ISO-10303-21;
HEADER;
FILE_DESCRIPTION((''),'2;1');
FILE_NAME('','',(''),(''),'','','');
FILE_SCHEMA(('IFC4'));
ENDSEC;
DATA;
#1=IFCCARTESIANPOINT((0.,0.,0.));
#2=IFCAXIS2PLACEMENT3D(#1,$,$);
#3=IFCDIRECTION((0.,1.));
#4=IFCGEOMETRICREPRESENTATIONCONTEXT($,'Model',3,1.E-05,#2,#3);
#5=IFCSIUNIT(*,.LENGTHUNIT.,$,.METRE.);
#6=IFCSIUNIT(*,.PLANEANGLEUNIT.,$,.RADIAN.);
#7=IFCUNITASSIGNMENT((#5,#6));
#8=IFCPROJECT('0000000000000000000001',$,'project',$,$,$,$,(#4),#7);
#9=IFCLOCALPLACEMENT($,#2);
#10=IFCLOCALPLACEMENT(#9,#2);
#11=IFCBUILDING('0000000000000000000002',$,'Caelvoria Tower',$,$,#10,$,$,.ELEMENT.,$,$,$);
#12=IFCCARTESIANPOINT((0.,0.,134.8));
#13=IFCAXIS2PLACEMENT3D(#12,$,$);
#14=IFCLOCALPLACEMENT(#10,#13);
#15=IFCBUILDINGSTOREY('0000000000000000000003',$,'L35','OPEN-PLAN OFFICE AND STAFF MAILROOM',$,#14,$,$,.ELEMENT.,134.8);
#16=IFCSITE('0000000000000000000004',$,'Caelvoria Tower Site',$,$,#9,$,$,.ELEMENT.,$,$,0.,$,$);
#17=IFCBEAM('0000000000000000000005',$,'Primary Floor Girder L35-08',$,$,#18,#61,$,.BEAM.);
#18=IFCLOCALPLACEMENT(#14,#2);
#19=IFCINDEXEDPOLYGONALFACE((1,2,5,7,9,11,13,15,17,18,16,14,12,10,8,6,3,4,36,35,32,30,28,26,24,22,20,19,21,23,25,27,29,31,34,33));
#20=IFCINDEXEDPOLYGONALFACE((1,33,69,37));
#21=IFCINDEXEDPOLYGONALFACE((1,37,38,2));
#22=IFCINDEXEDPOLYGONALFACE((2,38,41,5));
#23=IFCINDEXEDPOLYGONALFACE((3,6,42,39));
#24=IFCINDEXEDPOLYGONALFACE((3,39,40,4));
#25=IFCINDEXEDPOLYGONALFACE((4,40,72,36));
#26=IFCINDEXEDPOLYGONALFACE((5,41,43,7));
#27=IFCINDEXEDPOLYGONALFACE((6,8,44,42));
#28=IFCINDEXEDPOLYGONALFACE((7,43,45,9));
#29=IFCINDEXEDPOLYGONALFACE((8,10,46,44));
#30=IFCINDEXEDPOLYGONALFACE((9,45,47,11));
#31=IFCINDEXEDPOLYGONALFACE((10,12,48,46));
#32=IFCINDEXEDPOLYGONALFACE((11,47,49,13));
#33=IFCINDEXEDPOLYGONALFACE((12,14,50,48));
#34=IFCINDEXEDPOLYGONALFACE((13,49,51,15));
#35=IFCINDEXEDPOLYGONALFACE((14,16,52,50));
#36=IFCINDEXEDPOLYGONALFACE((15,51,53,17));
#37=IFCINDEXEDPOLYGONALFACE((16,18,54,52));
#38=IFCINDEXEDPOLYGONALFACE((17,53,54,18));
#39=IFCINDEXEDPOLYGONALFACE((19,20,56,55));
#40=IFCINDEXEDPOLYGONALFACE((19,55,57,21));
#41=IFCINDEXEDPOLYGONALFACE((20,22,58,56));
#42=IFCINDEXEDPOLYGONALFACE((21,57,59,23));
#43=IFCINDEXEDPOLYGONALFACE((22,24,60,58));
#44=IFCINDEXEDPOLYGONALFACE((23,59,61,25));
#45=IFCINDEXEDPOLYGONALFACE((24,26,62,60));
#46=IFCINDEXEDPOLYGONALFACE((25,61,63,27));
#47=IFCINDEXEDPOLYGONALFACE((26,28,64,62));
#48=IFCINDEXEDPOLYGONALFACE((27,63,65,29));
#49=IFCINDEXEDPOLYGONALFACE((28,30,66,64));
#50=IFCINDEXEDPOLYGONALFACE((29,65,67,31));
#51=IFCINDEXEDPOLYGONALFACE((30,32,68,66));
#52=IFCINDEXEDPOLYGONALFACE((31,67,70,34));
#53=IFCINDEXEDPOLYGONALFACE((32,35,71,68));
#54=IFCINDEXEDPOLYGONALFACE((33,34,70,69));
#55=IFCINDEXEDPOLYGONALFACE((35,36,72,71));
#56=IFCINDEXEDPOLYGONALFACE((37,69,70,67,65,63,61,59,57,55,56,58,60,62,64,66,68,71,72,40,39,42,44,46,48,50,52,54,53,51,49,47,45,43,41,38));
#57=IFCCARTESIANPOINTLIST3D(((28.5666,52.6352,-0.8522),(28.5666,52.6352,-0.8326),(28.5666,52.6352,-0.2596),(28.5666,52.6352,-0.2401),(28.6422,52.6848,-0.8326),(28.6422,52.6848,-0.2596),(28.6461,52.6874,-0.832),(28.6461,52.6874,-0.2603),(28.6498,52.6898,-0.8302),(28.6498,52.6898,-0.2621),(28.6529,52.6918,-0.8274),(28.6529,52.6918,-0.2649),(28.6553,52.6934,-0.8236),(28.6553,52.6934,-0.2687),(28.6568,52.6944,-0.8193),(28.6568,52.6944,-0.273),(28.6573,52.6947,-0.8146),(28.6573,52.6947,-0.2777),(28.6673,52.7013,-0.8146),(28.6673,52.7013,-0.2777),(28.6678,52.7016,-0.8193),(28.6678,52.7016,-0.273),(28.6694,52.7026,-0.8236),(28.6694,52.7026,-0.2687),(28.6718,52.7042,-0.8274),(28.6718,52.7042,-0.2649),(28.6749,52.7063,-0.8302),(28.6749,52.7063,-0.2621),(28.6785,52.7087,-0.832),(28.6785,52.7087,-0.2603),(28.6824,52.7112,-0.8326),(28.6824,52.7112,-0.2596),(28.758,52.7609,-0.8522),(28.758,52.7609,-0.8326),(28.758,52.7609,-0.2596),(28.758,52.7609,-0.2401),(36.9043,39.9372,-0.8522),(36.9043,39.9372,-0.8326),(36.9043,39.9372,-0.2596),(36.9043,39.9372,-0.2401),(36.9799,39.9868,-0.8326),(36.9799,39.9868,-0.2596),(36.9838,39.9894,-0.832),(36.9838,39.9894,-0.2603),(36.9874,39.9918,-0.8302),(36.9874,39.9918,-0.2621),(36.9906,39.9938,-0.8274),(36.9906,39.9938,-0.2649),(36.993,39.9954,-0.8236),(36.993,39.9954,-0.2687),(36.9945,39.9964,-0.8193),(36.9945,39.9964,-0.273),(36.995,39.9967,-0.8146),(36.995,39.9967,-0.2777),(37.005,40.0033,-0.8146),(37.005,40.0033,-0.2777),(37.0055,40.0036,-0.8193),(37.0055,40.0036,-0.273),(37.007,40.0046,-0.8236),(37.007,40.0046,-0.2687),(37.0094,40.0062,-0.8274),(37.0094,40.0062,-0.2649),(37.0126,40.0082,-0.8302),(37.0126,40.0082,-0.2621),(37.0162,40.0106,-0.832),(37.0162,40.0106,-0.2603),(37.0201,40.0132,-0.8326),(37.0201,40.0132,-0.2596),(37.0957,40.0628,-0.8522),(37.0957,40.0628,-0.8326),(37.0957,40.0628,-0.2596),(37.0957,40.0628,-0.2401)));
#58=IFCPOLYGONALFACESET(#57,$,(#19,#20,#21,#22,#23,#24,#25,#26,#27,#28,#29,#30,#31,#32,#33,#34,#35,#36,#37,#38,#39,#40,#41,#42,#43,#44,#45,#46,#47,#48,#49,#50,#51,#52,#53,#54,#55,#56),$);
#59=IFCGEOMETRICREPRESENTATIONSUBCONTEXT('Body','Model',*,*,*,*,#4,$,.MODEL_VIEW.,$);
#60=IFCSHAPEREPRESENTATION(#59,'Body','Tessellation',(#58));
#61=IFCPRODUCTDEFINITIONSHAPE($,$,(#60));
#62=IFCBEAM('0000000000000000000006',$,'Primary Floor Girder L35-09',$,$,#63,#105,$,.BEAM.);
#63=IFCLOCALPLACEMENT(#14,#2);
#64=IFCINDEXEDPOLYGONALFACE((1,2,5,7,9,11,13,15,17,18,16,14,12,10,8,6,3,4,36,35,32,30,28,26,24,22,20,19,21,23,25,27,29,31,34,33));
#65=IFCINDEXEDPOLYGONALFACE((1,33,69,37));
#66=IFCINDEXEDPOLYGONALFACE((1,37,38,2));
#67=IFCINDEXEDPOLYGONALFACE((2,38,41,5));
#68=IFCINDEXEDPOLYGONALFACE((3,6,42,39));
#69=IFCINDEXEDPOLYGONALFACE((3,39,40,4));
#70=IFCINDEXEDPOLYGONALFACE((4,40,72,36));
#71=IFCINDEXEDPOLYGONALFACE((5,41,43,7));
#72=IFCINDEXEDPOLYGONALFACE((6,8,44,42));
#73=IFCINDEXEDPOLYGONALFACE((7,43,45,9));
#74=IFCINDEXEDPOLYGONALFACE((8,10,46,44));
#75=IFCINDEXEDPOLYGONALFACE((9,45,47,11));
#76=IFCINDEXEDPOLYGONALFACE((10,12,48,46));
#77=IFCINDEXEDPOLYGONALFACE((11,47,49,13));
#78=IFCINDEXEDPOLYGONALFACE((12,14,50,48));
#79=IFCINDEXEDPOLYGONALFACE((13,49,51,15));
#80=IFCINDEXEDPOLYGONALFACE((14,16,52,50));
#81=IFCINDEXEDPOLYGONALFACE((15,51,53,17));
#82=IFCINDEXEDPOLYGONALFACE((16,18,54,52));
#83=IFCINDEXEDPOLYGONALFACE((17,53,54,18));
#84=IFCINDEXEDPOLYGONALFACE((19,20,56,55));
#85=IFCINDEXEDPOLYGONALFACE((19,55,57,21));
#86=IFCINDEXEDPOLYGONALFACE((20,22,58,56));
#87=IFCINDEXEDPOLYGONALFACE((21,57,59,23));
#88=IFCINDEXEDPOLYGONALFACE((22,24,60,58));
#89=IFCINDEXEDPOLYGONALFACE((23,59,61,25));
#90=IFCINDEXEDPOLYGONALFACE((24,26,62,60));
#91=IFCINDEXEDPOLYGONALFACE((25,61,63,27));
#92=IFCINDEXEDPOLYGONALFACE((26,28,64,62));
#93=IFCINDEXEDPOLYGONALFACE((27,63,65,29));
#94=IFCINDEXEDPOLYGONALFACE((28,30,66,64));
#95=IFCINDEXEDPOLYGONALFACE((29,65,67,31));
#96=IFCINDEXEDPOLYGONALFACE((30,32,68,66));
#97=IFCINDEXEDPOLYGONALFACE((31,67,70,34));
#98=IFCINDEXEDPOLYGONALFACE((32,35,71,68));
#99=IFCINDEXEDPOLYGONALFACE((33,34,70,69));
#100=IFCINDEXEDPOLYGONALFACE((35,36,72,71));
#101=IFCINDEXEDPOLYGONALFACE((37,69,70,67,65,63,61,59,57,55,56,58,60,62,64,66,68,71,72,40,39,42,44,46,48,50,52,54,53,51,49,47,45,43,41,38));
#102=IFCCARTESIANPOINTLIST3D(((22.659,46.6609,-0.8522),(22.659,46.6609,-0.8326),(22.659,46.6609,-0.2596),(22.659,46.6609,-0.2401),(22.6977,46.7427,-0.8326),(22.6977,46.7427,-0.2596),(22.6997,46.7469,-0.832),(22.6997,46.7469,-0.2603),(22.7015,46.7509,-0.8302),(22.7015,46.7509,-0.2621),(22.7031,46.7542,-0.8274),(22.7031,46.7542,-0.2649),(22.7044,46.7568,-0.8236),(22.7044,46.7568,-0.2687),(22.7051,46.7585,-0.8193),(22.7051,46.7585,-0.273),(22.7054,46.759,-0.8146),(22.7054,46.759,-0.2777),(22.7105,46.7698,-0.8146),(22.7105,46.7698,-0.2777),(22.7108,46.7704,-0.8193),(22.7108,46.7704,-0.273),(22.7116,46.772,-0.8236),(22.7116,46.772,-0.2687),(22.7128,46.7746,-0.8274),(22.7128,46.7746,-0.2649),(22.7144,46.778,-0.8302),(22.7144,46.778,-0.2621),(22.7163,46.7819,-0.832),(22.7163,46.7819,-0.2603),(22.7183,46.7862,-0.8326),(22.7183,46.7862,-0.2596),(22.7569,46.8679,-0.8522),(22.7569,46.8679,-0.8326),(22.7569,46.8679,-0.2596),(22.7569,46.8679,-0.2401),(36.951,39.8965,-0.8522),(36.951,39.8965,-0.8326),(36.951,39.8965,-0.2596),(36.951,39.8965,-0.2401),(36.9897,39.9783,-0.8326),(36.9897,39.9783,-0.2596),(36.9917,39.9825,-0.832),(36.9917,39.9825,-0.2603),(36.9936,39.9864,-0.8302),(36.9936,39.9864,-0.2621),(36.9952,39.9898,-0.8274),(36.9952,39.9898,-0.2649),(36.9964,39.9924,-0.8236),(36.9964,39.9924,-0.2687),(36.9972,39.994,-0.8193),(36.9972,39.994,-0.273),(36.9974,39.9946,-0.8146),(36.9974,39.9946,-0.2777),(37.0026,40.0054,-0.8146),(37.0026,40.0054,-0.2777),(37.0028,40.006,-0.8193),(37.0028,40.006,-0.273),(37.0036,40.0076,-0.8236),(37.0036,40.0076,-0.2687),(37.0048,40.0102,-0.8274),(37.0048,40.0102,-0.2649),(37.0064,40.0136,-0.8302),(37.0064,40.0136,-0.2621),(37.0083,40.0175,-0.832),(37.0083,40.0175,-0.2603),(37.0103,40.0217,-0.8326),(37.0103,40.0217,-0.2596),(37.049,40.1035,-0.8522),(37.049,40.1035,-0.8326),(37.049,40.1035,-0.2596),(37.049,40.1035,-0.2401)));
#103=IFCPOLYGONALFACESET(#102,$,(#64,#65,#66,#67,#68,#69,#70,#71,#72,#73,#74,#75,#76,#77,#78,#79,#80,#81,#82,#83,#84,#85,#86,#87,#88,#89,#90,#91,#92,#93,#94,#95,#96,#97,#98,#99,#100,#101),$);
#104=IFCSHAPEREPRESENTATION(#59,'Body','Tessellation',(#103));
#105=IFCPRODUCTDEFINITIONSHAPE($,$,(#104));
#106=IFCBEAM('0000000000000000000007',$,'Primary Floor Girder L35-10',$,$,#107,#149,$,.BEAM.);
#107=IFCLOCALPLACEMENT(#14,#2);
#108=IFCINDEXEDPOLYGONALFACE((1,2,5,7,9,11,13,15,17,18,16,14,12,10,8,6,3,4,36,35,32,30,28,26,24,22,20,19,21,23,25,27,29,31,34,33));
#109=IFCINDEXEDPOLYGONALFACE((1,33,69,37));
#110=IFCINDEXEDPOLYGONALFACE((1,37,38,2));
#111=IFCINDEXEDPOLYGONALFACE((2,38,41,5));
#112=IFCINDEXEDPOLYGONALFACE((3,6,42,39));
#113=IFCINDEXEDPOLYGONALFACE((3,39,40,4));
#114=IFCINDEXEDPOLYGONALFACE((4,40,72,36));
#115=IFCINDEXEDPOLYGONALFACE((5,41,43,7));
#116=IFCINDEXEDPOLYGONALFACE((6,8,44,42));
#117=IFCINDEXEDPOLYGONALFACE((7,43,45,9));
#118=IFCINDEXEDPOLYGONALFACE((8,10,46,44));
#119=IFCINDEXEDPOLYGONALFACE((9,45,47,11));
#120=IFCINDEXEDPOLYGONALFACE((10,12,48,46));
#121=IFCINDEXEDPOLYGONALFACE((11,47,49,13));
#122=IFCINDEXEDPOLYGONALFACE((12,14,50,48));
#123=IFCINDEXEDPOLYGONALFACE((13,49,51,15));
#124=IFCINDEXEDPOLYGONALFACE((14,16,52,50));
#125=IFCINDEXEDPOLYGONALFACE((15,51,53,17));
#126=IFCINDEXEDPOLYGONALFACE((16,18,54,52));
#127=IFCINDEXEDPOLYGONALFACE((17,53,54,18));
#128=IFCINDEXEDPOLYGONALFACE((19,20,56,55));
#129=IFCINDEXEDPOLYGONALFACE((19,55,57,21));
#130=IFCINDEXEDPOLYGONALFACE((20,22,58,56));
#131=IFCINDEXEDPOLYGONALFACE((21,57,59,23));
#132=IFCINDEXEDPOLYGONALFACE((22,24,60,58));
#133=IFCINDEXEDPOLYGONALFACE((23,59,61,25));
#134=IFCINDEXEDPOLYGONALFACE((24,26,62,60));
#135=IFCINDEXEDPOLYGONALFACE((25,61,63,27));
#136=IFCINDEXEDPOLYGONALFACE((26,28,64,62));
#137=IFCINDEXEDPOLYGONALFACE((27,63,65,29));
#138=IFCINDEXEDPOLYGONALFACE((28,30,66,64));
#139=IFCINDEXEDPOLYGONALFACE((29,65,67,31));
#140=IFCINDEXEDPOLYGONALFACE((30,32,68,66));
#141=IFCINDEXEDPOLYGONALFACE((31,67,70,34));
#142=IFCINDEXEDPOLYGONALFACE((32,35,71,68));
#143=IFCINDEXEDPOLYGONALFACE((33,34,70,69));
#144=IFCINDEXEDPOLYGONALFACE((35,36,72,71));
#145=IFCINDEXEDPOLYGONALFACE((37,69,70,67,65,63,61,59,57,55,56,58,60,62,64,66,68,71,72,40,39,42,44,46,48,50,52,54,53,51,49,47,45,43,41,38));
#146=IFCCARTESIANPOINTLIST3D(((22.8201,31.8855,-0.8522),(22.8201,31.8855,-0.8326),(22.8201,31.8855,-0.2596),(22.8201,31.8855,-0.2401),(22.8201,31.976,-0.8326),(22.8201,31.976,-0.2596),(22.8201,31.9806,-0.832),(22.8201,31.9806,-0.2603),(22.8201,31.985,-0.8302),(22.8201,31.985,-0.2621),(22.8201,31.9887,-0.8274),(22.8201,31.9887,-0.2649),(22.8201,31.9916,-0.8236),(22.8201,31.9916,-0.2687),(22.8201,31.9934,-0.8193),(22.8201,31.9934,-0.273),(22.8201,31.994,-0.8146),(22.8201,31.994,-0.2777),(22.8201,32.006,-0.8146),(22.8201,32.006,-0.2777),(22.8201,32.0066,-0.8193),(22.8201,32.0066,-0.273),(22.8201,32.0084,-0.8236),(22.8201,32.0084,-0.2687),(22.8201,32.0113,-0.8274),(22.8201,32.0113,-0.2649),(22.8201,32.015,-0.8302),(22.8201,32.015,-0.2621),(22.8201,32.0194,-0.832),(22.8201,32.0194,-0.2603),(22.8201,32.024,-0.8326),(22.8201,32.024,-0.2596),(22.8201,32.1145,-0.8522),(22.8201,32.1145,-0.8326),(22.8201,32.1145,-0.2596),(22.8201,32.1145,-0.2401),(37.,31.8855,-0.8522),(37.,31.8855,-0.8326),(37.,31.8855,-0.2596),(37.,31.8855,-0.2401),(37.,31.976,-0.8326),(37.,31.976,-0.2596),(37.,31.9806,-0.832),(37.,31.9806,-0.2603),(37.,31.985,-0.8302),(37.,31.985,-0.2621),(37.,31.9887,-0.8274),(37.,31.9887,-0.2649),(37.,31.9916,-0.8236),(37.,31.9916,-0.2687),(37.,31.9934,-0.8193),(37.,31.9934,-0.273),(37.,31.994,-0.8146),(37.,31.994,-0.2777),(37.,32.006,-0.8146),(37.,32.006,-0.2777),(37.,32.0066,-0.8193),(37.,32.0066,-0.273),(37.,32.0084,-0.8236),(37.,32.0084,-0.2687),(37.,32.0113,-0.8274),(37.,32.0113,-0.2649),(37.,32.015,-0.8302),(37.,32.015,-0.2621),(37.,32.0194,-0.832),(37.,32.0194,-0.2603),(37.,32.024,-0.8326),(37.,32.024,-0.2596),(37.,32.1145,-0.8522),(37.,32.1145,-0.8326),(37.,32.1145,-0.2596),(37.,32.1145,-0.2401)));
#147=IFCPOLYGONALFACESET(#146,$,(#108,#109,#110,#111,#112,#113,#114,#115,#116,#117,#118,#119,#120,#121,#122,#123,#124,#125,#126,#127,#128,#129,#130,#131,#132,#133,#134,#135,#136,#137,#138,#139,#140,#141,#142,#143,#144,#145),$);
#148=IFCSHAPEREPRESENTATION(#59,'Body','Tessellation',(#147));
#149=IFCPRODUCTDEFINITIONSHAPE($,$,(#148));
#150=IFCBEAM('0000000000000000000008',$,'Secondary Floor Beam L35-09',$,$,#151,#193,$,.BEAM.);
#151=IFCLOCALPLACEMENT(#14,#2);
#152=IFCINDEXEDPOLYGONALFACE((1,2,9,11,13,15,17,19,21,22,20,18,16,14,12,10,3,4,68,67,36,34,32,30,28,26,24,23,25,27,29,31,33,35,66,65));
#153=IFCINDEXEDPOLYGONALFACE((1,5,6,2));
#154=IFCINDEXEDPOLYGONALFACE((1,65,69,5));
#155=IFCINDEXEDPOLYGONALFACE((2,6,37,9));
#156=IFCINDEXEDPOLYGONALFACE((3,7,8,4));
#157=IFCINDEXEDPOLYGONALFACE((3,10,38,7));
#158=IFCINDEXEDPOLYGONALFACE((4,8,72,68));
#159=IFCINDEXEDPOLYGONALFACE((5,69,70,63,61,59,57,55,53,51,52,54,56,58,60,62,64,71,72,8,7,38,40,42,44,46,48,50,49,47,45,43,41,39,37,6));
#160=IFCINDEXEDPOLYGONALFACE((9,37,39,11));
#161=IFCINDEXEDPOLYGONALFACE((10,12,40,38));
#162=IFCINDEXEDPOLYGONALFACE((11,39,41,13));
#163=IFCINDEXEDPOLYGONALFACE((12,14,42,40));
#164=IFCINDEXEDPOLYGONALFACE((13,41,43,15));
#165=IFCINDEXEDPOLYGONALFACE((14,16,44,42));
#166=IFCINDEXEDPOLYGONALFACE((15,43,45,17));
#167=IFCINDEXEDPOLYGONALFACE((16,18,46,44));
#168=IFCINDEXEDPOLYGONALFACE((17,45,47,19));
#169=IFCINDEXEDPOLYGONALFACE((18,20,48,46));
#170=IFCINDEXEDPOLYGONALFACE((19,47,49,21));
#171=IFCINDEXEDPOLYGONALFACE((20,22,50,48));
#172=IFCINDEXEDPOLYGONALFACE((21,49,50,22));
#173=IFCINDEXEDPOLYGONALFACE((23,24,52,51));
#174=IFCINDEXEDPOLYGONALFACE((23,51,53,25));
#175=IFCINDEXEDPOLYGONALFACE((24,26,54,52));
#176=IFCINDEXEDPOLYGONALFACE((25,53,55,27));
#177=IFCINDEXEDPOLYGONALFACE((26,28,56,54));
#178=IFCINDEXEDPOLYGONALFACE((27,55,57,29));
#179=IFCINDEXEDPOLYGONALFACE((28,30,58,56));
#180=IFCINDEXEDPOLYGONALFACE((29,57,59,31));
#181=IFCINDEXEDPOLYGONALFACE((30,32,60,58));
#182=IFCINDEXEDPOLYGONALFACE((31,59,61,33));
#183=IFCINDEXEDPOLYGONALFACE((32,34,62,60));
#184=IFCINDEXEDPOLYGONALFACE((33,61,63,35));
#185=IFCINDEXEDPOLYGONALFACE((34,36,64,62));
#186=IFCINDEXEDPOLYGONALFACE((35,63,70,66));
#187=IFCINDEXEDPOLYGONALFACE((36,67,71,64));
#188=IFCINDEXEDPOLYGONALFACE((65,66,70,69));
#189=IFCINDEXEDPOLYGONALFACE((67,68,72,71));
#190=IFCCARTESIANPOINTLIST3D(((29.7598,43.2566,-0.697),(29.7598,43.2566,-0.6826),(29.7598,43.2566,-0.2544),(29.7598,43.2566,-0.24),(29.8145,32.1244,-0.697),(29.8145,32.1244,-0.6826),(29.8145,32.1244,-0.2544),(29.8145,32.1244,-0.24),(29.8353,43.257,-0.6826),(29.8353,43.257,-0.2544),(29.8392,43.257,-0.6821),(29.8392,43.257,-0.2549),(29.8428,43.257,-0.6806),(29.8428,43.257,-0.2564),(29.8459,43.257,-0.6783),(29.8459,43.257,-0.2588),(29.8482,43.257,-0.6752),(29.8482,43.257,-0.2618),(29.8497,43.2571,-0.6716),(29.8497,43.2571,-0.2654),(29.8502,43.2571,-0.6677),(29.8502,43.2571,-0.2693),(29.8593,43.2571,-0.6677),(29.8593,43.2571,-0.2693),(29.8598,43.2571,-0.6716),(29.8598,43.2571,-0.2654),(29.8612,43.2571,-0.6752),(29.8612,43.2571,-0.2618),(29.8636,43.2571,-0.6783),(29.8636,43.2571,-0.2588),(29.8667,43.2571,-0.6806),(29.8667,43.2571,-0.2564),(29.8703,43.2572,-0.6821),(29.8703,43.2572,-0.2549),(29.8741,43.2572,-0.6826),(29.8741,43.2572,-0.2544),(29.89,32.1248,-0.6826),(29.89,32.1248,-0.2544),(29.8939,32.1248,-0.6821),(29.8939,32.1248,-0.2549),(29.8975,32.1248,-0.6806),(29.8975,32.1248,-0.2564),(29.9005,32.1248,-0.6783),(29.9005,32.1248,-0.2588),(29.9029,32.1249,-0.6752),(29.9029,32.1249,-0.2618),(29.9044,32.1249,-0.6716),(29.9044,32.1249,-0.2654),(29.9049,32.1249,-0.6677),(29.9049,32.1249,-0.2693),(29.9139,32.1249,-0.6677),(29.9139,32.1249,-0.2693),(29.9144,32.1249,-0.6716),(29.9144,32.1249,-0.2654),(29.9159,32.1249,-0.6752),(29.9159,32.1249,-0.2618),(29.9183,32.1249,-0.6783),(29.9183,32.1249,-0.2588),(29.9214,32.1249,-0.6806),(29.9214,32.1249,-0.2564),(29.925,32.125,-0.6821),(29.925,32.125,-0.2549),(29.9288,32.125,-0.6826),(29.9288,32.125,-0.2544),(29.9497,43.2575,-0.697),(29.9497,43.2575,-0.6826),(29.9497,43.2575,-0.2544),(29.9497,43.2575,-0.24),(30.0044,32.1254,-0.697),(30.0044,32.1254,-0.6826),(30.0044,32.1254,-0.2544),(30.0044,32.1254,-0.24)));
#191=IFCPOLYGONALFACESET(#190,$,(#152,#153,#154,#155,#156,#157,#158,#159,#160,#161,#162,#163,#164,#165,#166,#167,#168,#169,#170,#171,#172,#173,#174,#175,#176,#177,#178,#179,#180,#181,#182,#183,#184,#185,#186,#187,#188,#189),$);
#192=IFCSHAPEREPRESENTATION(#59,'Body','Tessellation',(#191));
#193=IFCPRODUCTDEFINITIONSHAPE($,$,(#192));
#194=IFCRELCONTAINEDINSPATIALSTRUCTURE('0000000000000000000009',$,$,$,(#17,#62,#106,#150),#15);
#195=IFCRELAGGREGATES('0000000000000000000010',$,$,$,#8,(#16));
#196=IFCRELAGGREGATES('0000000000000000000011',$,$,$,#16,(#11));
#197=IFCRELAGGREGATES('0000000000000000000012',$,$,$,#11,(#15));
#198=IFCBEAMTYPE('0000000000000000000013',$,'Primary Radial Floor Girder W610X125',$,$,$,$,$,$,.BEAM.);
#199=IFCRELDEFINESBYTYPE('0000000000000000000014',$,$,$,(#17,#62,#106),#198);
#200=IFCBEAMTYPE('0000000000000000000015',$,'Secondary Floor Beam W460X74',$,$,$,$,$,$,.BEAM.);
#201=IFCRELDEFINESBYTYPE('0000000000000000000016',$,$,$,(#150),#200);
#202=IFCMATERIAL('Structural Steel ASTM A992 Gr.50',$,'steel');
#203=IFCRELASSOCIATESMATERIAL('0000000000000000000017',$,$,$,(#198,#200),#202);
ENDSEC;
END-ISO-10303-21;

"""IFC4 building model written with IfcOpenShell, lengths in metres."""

from ifc_helpers import new_model, si_unit, direction, frame, origin, origin_2d, place, context, subcontext, project, spatial, i_section, extrude, material, material_profile, profile_set, type_object, element, save


model = new_model("IFC4")

# Units and contexts
model_context = context("Model", 3, precision=1e-05, world=origin(), true_north=direction((0.0, 1.0)))
body_context = subcontext(model_context, "Body", "Model", "MODEL_VIEW")
ifc_project = project(units=[si_unit("LENGTHUNIT", "METRE"), si_unit("PLANEANGLEUNIT", "RADIAN")], contexts=[model_context])

# Site, building, storey
site_placement = place(None, origin())
site = spatial("IfcSite", under=ifc_project, at=site_placement, Name="Caelvoria Tower Site", CompositionType="ELEMENT", RefElevation=0.0)
building_placement = place(site_placement, origin())
building = spatial("IfcBuilding", under=site, at=building_placement, Name="Caelvoria Tower", CompositionType="ELEMENT")
storey_placement = place(building_placement, frame((0.0, 0.0, 134.8)))
storey = spatial("IfcBuildingStorey", under=building, at=storey_placement, Name="L35", Description="OPEN-PLAN OFFICE AND STAFF MAILROOM", CompositionType="ELEMENT", Elevation=134.8)

# Beams
ifc_material_1 = material(Name="Structural Steel ASTM A992 Gr.50", Category="steel")
ifc_material_profile_1 = material_profile(ifc_material_1, i_section(OverallWidth=0.229, OverallDepth=0.6121, WebThickness=0.012, FlangeThickness=0.0195, FilletRadius=0.0181, at=origin_2d()), Name="Structural Steel ASTM A992 Gr.50")
ifc_profile_set_1 = profile_set([ifc_material_profile_1], Name="W610X125 - Structural Steel ASTM A992 Gr.50")
beam_type_1 = type_object("IfcBeamType", Name="Primary Radial Floor Girder W610X125", PredefinedType="BEAM", material=ifc_profile_set_1)
beam_1_placement = place(storey_placement, frame((37.0, 40.0, -0.5461), z_axis=(-0.548867, 0.835909, 0.0), x_axis=(-0.835909, -0.548867, 0.0)))
element("IfcBeam", 1, at=beam_1_placement, inside=storey, type_object=beam_type_1, Name="Primary Floor Girder L35-08", PredefinedType="BEAM", context=body_context, shape_type="SweptSolid", body=[
    extrude(i_section(OverallWidth=0.229, OverallDepth=0.6121, WebThickness=0.012, FlangeThickness=0.0195, FilletRadius=0.0181, at=origin_2d()), origin(), (0.0, 0.0, 1.0), 15.1907),
])
beam_2_placement = place(storey_placement, frame((37.0, 40.0, -0.5461), z_axis=(-0.903872, 0.427803, 0.0), x_axis=(-0.427803, -0.903872, 0.0)))
element("IfcBeam", 2, at=beam_2_placement, inside=storey, type_object=beam_type_1, Name="Primary Floor Girder L35-09", PredefinedType="BEAM", context=body_context, shape_type="SweptSolid", body=[
    extrude(i_section(OverallWidth=0.229, OverallDepth=0.6121, WebThickness=0.012, FlangeThickness=0.0195, FilletRadius=0.0181, at=origin_2d()), origin(), (0.0, 0.0, 1.0), 15.812),
])
beam_3_placement = place(storey_placement, frame((37.0, 32.0, -0.5461), z_axis=(-1.0, 0.0, 0.0), x_axis=(0.0, -1.0, 0.0)))
element("IfcBeam", 3, at=beam_3_placement, inside=storey, type_object=beam_type_1, Name="Primary Floor Girder L35-10", PredefinedType="BEAM", context=body_context, shape_type="SweptSolid", body=[
    extrude(i_section(OverallWidth=0.229, OverallDepth=0.6121, WebThickness=0.012, FlangeThickness=0.0195, FilletRadius=0.0181, at=origin_2d()), origin(), (0.0, 0.0, 1.0), 14.1799),
])
ifc_material_profile_2 = material_profile(ifc_material_1, i_section(OverallWidth=0.1899, OverallDepth=0.457, WebThickness=0.009, FlangeThickness=0.0144, FilletRadius=0.0149, at=origin_2d()), Name="Structural Steel ASTM A992 Gr.50")
ifc_profile_set_2 = profile_set([ifc_material_profile_2], Name="W460X74 - Structural Steel ASTM A992 Gr.50")
beam_type_2 = type_object("IfcBeamType", Name="Secondary Floor Beam W460X74", PredefinedType="BEAM", material=ifc_profile_set_2)
beam_4_placement = place(storey_placement, frame((29.8547, 43.2571, -0.4685), z_axis=(0.004913, -0.999988, 0.0), x_axis=(0.999988, 0.004913, 0.0)))
element("IfcBeam", 4, at=beam_4_placement, inside=storey, type_object=beam_type_2, Name="Secondary Floor Beam L35-09", PredefinedType="BEAM", context=body_context, shape_type="SweptSolid", body=[
    extrude(i_section(OverallWidth=0.1899, OverallDepth=0.457, WebThickness=0.009, FlangeThickness=0.0144, FilletRadius=0.0149, at=origin_2d()), origin(), (0.0, 0.0, 1.0), 11.1323),
])

save(model, "model.ifc")
